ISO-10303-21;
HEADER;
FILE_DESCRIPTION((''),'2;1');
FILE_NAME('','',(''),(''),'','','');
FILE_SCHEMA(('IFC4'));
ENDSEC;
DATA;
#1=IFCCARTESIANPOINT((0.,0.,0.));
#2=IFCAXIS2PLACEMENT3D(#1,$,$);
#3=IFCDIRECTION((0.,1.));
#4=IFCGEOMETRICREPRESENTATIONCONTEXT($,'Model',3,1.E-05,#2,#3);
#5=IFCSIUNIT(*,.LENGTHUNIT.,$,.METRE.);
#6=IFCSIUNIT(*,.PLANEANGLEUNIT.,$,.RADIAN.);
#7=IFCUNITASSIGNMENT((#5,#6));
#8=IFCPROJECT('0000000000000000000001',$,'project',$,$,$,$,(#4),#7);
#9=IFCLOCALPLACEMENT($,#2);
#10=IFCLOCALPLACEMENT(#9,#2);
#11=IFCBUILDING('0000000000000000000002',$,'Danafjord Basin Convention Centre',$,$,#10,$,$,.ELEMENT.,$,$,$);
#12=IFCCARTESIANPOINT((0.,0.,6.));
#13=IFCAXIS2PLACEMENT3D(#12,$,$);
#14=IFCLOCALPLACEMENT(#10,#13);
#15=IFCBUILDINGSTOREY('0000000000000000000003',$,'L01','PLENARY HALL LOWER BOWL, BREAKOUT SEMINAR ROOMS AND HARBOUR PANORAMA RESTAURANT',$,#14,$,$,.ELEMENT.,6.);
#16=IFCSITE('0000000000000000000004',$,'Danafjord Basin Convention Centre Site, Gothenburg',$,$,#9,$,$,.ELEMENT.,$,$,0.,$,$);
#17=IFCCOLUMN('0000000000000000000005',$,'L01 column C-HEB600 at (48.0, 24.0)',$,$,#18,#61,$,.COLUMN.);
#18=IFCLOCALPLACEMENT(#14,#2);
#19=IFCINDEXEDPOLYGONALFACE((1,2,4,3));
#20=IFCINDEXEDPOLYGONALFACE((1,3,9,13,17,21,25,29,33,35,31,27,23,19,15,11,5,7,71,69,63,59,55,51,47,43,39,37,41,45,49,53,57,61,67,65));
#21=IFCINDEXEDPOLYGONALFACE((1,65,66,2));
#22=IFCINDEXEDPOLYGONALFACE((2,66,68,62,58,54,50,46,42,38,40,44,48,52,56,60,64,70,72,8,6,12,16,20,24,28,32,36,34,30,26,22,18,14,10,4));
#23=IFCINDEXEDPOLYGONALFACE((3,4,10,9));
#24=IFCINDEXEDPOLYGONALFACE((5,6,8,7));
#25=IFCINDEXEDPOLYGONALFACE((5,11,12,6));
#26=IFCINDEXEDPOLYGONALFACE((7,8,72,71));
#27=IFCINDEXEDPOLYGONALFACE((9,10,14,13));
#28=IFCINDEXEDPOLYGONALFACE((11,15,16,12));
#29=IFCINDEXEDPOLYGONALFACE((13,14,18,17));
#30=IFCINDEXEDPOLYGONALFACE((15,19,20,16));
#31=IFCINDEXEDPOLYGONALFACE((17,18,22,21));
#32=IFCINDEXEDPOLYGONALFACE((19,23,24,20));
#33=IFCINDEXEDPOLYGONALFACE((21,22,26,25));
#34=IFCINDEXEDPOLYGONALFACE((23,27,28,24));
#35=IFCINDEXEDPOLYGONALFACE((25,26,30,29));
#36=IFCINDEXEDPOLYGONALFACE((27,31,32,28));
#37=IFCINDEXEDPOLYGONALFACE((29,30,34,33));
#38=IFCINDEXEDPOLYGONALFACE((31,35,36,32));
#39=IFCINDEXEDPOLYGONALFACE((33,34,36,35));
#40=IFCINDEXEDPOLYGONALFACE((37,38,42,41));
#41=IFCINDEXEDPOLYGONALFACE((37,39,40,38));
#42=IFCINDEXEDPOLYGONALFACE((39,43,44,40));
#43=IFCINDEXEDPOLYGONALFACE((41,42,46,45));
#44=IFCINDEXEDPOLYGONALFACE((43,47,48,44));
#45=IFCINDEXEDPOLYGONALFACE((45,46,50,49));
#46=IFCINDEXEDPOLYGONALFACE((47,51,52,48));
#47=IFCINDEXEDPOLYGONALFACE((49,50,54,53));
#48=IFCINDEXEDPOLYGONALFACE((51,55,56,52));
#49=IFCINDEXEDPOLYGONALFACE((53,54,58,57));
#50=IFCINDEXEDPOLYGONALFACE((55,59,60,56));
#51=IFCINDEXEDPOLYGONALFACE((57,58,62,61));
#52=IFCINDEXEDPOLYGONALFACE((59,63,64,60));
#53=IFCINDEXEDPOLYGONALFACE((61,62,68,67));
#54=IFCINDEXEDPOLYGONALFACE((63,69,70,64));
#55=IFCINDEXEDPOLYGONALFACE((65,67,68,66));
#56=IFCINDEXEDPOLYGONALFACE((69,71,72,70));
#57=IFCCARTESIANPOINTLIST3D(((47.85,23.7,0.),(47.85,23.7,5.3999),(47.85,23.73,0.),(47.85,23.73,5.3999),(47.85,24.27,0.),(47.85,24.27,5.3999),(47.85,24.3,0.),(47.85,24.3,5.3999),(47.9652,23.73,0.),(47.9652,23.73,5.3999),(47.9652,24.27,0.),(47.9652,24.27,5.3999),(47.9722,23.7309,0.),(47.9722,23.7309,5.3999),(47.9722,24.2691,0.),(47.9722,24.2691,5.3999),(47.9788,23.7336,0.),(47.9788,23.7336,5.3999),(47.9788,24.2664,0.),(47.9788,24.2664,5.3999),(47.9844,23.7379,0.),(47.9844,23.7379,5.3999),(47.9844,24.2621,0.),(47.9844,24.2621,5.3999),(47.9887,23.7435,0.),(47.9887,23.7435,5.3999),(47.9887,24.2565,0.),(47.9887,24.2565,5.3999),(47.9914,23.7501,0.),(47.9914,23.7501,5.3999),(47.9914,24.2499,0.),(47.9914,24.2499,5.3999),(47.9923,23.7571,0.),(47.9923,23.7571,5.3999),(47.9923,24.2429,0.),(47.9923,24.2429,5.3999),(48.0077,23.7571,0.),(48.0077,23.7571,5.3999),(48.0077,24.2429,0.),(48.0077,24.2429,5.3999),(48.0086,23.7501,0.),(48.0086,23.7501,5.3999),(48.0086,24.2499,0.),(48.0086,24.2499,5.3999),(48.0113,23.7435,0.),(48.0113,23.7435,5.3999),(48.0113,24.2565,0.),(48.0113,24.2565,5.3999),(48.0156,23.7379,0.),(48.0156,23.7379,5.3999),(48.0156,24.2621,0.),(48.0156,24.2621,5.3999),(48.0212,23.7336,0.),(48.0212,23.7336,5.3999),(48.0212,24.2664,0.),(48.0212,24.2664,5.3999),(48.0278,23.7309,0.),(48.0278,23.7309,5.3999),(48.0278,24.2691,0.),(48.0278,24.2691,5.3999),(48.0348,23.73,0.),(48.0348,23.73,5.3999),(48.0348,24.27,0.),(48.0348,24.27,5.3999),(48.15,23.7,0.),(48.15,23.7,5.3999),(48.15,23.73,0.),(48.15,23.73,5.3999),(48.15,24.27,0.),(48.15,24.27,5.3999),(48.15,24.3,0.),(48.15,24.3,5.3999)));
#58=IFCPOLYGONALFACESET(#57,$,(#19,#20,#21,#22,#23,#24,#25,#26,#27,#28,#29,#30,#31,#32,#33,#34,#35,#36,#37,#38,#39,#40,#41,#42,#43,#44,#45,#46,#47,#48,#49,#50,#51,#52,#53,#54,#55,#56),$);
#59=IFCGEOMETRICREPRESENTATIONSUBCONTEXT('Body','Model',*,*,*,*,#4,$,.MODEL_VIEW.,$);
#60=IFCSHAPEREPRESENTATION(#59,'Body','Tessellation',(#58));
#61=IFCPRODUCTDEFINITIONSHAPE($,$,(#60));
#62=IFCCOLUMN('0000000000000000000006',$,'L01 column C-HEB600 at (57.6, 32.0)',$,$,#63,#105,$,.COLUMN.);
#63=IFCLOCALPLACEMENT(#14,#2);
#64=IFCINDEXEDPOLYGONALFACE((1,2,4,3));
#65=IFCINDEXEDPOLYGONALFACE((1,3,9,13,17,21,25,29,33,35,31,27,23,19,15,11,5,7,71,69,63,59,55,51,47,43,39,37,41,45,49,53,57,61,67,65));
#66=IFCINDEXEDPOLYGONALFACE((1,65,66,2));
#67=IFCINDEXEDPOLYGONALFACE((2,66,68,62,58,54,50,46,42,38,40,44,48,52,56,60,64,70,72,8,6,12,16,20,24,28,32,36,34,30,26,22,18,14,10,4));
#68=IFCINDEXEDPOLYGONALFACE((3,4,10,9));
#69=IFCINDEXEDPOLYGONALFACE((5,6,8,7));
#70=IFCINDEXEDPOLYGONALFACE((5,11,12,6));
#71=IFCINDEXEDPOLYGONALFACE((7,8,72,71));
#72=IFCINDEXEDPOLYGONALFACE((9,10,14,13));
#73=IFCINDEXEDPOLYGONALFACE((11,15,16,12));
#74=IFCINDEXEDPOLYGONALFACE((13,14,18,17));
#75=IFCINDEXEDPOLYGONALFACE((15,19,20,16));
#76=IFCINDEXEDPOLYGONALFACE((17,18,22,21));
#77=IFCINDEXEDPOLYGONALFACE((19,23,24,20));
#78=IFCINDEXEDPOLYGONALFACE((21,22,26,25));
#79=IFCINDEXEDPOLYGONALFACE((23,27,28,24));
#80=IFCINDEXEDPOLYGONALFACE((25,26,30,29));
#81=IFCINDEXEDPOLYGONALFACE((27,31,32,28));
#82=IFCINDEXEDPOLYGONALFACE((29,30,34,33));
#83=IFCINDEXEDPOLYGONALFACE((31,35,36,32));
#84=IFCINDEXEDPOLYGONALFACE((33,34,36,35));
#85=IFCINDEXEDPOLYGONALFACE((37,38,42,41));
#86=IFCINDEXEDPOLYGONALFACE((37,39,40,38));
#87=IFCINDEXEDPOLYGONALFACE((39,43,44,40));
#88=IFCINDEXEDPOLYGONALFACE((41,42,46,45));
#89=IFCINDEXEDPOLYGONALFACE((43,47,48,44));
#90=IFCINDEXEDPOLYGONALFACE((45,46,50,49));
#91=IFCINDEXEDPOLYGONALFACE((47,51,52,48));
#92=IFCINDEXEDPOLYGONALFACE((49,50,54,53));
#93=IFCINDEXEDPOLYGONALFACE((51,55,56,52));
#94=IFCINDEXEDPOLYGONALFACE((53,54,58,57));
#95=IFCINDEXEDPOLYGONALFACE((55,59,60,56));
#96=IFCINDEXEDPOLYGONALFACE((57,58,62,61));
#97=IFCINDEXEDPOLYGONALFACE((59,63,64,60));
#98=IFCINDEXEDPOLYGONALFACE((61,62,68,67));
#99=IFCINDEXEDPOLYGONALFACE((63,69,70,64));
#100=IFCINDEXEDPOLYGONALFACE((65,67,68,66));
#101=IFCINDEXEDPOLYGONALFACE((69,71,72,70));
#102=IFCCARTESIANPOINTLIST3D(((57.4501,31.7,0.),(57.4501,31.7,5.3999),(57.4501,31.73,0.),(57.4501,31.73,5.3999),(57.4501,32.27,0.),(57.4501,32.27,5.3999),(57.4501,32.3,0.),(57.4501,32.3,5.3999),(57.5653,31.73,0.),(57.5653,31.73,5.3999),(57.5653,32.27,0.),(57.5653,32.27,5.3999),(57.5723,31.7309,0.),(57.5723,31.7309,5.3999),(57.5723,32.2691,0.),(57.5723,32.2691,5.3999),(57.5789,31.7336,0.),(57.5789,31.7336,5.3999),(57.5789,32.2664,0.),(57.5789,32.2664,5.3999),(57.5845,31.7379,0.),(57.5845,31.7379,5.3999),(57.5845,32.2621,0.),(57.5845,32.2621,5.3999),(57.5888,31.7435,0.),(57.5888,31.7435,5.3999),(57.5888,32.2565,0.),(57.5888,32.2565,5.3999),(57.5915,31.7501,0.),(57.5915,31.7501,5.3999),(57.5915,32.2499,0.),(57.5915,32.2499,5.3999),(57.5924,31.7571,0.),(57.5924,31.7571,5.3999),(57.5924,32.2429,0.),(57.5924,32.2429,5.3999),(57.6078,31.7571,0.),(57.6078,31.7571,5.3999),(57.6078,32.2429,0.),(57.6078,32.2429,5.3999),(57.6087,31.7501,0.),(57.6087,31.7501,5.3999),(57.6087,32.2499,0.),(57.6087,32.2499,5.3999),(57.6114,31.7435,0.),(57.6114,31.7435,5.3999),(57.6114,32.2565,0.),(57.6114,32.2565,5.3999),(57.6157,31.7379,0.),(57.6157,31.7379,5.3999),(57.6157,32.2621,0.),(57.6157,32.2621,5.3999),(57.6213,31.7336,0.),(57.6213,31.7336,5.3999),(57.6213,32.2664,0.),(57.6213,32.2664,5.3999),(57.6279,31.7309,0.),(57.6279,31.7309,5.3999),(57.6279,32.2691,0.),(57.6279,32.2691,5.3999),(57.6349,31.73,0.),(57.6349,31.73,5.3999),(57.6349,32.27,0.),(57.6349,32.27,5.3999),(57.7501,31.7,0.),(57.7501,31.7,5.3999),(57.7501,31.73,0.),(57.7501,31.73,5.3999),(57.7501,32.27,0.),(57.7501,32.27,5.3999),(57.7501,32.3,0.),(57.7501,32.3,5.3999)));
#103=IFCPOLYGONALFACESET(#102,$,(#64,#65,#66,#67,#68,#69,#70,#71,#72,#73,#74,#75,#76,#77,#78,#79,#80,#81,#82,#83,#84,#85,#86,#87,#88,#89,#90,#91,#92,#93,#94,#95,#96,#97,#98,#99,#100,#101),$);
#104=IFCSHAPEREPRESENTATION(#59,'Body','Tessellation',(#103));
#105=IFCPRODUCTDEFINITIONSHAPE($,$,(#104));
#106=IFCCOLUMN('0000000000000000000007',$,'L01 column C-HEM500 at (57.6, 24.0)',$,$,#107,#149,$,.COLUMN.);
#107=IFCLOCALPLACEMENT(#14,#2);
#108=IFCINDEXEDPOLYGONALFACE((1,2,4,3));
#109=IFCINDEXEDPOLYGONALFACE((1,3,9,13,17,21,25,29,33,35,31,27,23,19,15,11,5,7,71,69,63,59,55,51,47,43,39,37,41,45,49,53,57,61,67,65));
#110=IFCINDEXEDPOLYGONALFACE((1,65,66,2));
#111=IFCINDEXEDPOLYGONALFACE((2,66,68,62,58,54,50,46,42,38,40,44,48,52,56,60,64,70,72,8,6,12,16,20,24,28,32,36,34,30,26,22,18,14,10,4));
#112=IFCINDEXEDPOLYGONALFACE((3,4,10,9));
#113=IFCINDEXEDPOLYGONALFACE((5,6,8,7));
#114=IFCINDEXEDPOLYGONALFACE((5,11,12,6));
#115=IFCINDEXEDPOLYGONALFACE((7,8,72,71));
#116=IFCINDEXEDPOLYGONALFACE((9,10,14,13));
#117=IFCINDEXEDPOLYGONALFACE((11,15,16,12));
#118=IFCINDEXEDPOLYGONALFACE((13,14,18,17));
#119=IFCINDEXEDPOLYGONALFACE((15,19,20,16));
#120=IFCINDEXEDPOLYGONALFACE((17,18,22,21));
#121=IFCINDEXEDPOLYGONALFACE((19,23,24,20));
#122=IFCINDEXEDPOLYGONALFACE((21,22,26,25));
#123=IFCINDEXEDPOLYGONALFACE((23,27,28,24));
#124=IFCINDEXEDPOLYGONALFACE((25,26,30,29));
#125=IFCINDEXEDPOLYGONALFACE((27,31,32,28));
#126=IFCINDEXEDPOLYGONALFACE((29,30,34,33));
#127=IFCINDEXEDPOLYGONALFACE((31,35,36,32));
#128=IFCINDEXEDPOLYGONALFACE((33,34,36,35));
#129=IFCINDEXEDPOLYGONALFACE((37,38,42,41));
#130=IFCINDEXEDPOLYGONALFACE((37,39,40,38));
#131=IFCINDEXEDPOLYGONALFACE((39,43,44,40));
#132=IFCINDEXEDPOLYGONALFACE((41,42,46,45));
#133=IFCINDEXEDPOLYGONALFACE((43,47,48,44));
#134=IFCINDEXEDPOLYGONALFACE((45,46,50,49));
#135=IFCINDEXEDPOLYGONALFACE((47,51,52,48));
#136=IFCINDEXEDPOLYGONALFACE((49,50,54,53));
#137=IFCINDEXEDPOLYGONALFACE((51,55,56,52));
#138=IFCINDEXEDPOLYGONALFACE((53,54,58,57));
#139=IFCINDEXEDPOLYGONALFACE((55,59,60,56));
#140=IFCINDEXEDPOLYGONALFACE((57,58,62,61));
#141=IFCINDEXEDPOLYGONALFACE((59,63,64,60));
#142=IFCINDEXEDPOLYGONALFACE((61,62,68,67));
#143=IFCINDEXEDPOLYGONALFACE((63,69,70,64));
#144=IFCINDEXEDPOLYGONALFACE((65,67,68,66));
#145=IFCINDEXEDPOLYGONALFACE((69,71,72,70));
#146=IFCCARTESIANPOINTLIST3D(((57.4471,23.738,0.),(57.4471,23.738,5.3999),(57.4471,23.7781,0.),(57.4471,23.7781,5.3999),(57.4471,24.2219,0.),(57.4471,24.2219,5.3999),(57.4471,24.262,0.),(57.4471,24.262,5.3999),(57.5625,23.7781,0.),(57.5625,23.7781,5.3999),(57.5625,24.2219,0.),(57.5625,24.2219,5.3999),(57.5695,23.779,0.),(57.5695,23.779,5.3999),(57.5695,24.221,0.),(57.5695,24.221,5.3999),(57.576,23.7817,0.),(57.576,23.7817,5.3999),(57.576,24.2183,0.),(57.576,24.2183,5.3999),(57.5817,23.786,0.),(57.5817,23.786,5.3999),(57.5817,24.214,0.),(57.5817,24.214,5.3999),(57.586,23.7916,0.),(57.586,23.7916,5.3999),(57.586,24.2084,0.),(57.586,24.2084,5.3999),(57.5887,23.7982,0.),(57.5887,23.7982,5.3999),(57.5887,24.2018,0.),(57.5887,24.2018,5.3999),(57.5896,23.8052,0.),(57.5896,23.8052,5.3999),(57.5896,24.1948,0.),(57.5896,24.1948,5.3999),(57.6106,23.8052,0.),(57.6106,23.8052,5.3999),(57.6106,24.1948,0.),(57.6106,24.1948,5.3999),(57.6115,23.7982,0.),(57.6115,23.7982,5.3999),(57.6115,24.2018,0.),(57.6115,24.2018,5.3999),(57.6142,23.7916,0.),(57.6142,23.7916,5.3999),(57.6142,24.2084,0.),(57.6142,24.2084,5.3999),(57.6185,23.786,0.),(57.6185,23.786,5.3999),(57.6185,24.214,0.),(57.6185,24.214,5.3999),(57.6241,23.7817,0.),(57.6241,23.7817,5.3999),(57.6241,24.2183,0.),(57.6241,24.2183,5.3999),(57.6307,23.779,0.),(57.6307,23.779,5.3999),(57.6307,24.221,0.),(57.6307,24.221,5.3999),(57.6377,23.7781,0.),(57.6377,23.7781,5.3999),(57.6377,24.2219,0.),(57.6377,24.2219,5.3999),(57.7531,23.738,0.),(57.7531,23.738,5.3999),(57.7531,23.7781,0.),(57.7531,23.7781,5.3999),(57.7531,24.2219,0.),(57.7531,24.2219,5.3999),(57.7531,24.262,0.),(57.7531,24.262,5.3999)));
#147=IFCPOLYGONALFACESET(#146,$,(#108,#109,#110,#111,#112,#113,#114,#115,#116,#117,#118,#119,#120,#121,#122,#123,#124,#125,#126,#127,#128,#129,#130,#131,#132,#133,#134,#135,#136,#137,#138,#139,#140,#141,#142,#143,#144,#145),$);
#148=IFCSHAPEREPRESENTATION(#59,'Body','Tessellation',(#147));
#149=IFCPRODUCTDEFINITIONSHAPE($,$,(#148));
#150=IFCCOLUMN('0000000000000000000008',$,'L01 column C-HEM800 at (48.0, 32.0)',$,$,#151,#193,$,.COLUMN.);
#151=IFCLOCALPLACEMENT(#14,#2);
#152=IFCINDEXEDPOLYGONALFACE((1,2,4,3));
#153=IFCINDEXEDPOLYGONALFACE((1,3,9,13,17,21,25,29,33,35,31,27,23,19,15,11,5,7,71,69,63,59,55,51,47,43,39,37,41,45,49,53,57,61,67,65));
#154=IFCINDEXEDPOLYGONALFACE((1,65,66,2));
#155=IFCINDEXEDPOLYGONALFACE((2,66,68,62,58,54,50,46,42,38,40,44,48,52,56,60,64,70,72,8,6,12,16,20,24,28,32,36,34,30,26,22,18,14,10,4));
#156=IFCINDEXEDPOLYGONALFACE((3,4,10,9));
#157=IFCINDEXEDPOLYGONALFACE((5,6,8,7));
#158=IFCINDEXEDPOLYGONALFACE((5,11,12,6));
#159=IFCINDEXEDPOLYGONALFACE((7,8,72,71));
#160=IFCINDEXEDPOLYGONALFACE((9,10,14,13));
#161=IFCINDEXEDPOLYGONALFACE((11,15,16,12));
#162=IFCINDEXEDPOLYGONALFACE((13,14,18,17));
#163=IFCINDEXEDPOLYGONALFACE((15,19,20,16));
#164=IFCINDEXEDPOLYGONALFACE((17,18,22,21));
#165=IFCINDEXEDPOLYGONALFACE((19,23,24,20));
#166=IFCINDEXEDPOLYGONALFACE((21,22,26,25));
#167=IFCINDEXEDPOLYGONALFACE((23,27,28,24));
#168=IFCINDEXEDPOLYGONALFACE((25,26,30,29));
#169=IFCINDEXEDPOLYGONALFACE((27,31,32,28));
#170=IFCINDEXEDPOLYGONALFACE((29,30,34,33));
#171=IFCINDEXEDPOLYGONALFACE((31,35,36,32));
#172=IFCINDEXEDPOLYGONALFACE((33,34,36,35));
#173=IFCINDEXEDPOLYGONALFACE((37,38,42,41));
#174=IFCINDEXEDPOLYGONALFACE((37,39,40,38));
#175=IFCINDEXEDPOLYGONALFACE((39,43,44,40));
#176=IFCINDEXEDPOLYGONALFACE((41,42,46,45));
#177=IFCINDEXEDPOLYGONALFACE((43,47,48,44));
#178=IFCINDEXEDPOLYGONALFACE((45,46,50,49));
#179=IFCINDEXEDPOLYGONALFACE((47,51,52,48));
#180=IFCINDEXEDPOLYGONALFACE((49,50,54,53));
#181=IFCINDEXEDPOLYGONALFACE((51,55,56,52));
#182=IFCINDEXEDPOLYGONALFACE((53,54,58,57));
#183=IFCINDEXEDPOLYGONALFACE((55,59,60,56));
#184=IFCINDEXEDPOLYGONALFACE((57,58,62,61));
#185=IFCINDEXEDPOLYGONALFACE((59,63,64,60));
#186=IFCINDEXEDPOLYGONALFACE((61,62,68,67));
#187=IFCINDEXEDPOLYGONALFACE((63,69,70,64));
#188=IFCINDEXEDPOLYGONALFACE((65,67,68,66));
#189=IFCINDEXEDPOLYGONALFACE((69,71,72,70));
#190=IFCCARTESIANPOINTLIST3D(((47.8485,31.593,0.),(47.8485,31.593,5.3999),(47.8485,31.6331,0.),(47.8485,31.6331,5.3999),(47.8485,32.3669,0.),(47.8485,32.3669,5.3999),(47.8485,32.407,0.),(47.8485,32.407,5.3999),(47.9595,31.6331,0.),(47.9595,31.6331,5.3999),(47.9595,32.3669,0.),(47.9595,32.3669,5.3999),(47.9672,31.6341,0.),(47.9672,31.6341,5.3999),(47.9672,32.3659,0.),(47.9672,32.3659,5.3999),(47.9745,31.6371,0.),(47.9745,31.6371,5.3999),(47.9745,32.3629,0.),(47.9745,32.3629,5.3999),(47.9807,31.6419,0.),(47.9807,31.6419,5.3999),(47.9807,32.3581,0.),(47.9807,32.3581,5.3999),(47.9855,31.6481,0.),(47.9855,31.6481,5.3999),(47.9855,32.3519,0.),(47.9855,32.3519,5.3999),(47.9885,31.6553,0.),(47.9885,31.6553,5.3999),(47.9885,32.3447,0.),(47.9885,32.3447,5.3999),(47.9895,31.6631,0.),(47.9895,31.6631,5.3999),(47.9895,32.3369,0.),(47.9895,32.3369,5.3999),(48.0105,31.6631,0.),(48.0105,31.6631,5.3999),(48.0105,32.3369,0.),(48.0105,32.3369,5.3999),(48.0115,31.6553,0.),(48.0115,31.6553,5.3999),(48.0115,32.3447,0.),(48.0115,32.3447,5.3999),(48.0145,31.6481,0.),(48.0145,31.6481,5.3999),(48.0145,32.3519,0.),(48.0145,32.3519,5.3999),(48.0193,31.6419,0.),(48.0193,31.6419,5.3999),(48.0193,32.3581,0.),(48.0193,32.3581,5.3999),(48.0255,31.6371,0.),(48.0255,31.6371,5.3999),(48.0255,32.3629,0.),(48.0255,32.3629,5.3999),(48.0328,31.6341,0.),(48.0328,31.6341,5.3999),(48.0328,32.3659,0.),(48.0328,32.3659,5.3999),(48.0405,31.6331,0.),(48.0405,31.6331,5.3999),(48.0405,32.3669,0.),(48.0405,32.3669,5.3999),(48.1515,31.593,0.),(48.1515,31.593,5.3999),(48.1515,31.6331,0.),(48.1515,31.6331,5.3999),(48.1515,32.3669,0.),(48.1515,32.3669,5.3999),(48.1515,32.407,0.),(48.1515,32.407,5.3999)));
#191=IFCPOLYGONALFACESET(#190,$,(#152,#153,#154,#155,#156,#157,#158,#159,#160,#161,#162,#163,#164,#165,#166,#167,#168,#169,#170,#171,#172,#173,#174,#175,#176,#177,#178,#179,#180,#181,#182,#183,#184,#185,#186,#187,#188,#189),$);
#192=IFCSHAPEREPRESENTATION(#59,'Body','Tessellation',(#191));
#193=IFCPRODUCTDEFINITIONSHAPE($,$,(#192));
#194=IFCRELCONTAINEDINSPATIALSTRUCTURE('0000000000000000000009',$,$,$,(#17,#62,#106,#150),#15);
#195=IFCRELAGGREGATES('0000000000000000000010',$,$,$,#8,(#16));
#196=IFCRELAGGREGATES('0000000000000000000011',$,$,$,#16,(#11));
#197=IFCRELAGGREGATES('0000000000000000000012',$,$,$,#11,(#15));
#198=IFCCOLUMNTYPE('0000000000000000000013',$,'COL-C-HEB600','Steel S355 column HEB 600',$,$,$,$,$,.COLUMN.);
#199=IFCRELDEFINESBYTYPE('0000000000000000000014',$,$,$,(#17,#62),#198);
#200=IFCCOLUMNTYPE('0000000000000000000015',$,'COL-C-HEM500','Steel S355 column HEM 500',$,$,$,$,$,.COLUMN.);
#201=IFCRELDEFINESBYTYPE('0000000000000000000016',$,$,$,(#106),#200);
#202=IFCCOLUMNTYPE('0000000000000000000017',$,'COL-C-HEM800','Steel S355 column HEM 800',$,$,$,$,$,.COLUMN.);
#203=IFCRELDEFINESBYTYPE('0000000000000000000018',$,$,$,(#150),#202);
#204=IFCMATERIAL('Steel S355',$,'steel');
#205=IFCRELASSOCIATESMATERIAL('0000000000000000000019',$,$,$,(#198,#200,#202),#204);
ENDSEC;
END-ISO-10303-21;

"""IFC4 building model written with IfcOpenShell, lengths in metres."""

from ifc_helpers import new_model, si_unit, direction, frame, origin, origin_2d, place, context, subcontext, project, spatial, i_section, extrude, material, material_profile, profile_set, type_object, element, save


model = new_model("IFC4")

# Units and contexts
model_context = context("Model", 3, precision=1e-05, world=origin(), true_north=direction((0.0, 1.0)))
body_context = subcontext(model_context, "Body", "Model", "MODEL_VIEW")
ifc_project = project(units=[si_unit("LENGTHUNIT", "METRE"), si_unit("PLANEANGLEUNIT", "RADIAN")], contexts=[model_context])

# Site, building, storey
site_placement = place(None, origin())
site = spatial("IfcSite", under=ifc_project, at=site_placement, Name="Danafjord Basin Convention Centre Site, Gothenburg", CompositionType="ELEMENT", RefElevation=0.0)
building_placement = place(site_placement, origin())
building = spatial("IfcBuilding", under=site, at=building_placement, Name="Danafjord Basin Convention Centre", CompositionType="ELEMENT")
storey_placement = place(building_placement, frame((0.0, 0.0, 6.0)))
storey = spatial("IfcBuildingStorey", under=building, at=storey_placement, Name="L01", Description="PLENARY HALL LOWER BOWL, BREAKOUT SEMINAR ROOMS AND HARBOUR PANORAMA RESTAURANT", CompositionType="ELEMENT", Elevation=6.0)

# Columns
ifc_material_1 = material(Name="Steel S355", Category="steel")
ifc_material_profile_1 = material_profile(ifc_material_1, i_section(OverallWidth=0.3, OverallDepth=0.6001, WebThickness=0.0154, FlangeThickness=0.03, FilletRadius=0.0271, at=origin_2d()), Name="HEB 600")
ifc_profile_set_1 = profile_set([ifc_material_profile_1], Name="Steel S355")
column_type_1 = type_object("IfcColumnType", Name="COL-C-HEB600", Description="Steel S355 column HEB 600", PredefinedType="COLUMN", material=ifc_profile_set_1)
for number, where, z_axis, x_axis, name in (
    (1, (48.0, 24.0, 0.0), (0.0, 0.0, 1.0), (1.0, 0.0, 0.0), "L01 column C-HEB600 at (48.0, 24.0)"),
    (2, (57.6001, 32.0, 0.0), (0.0, 0.0, 1.0), (1.0, 0.0, 0.0), "L01 column C-HEB600 at (57.6, 32.0)"),
):
    element("IfcColumn", number, at=place(storey_placement, frame(where, z_axis=z_axis, x_axis=x_axis)), inside=storey, type_object=column_type_1, Name=name, PredefinedType="COLUMN", context=body_context, shape_type="SweptSolid", body=[
        extrude(i_section(OverallWidth=0.3, OverallDepth=0.6001, WebThickness=0.0154, FlangeThickness=0.03, FilletRadius=0.0271, at=origin_2d()), origin(), (0.0, 0.0, 1.0), 5.3999),
    ])
ifc_material_profile_2 = material_profile(ifc_material_1, i_section(OverallWidth=0.3059, OverallDepth=0.5239, WebThickness=0.021, FlangeThickness=0.04, FilletRadius=0.0271, at=origin_2d()), Name="HEM 500")
ifc_profile_set_2 = profile_set([ifc_material_profile_2], Name="Steel S355")
column_type_2 = type_object("IfcColumnType", Name="COL-C-HEM500", Description="Steel S355 column HEM 500", PredefinedType="COLUMN", material=ifc_profile_set_2)
column_1_placement = place(storey_placement, frame((57.6001, 24.0, 0.0), z_axis=(0.0, 0.0, 1.0), x_axis=(1.0, 0.0, 0.0)))
element("IfcColumn", 3, at=column_1_placement, inside=storey, type_object=column_type_2, Name="L01 column C-HEM500 at (57.6, 24.0)", PredefinedType="COLUMN", context=body_context, shape_type="SweptSolid", body=[
    extrude(i_section(OverallWidth=0.3059, OverallDepth=0.5239, WebThickness=0.021, FlangeThickness=0.04, FilletRadius=0.0271, at=origin_2d()), origin(), (0.0, 0.0, 1.0), 5.3999),
])
ifc_material_profile_3 = material_profile(ifc_material_1, i_section(OverallWidth=0.303, OverallDepth=0.814, WebThickness=0.021, FlangeThickness=0.04, FilletRadius=0.03, at=origin_2d()), Name="HEM 800")
ifc_profile_set_3 = profile_set([ifc_material_profile_3], Name="Steel S355")
column_type_3 = type_object("IfcColumnType", Name="COL-C-HEM800", Description="Steel S355 column HEM 800", PredefinedType="COLUMN", material=ifc_profile_set_3)
column_2_placement = place(storey_placement, frame((48.0, 32.0, 0.0), z_axis=(0.0, 0.0, 1.0), x_axis=(1.0, 0.0, 0.0)))
element("IfcColumn", 4, at=column_2_placement, inside=storey, type_object=column_type_3, Name="L01 column C-HEM800 at (48.0, 32.0)", PredefinedType="COLUMN", context=body_context, shape_type="SweptSolid", body=[
    extrude(i_section(OverallWidth=0.303, OverallDepth=0.814, WebThickness=0.021, FlangeThickness=0.04, FilletRadius=0.03, at=origin_2d()), origin(), (0.0, 0.0, 1.0), 5.3999),
])

save(model, "model.ifc")
